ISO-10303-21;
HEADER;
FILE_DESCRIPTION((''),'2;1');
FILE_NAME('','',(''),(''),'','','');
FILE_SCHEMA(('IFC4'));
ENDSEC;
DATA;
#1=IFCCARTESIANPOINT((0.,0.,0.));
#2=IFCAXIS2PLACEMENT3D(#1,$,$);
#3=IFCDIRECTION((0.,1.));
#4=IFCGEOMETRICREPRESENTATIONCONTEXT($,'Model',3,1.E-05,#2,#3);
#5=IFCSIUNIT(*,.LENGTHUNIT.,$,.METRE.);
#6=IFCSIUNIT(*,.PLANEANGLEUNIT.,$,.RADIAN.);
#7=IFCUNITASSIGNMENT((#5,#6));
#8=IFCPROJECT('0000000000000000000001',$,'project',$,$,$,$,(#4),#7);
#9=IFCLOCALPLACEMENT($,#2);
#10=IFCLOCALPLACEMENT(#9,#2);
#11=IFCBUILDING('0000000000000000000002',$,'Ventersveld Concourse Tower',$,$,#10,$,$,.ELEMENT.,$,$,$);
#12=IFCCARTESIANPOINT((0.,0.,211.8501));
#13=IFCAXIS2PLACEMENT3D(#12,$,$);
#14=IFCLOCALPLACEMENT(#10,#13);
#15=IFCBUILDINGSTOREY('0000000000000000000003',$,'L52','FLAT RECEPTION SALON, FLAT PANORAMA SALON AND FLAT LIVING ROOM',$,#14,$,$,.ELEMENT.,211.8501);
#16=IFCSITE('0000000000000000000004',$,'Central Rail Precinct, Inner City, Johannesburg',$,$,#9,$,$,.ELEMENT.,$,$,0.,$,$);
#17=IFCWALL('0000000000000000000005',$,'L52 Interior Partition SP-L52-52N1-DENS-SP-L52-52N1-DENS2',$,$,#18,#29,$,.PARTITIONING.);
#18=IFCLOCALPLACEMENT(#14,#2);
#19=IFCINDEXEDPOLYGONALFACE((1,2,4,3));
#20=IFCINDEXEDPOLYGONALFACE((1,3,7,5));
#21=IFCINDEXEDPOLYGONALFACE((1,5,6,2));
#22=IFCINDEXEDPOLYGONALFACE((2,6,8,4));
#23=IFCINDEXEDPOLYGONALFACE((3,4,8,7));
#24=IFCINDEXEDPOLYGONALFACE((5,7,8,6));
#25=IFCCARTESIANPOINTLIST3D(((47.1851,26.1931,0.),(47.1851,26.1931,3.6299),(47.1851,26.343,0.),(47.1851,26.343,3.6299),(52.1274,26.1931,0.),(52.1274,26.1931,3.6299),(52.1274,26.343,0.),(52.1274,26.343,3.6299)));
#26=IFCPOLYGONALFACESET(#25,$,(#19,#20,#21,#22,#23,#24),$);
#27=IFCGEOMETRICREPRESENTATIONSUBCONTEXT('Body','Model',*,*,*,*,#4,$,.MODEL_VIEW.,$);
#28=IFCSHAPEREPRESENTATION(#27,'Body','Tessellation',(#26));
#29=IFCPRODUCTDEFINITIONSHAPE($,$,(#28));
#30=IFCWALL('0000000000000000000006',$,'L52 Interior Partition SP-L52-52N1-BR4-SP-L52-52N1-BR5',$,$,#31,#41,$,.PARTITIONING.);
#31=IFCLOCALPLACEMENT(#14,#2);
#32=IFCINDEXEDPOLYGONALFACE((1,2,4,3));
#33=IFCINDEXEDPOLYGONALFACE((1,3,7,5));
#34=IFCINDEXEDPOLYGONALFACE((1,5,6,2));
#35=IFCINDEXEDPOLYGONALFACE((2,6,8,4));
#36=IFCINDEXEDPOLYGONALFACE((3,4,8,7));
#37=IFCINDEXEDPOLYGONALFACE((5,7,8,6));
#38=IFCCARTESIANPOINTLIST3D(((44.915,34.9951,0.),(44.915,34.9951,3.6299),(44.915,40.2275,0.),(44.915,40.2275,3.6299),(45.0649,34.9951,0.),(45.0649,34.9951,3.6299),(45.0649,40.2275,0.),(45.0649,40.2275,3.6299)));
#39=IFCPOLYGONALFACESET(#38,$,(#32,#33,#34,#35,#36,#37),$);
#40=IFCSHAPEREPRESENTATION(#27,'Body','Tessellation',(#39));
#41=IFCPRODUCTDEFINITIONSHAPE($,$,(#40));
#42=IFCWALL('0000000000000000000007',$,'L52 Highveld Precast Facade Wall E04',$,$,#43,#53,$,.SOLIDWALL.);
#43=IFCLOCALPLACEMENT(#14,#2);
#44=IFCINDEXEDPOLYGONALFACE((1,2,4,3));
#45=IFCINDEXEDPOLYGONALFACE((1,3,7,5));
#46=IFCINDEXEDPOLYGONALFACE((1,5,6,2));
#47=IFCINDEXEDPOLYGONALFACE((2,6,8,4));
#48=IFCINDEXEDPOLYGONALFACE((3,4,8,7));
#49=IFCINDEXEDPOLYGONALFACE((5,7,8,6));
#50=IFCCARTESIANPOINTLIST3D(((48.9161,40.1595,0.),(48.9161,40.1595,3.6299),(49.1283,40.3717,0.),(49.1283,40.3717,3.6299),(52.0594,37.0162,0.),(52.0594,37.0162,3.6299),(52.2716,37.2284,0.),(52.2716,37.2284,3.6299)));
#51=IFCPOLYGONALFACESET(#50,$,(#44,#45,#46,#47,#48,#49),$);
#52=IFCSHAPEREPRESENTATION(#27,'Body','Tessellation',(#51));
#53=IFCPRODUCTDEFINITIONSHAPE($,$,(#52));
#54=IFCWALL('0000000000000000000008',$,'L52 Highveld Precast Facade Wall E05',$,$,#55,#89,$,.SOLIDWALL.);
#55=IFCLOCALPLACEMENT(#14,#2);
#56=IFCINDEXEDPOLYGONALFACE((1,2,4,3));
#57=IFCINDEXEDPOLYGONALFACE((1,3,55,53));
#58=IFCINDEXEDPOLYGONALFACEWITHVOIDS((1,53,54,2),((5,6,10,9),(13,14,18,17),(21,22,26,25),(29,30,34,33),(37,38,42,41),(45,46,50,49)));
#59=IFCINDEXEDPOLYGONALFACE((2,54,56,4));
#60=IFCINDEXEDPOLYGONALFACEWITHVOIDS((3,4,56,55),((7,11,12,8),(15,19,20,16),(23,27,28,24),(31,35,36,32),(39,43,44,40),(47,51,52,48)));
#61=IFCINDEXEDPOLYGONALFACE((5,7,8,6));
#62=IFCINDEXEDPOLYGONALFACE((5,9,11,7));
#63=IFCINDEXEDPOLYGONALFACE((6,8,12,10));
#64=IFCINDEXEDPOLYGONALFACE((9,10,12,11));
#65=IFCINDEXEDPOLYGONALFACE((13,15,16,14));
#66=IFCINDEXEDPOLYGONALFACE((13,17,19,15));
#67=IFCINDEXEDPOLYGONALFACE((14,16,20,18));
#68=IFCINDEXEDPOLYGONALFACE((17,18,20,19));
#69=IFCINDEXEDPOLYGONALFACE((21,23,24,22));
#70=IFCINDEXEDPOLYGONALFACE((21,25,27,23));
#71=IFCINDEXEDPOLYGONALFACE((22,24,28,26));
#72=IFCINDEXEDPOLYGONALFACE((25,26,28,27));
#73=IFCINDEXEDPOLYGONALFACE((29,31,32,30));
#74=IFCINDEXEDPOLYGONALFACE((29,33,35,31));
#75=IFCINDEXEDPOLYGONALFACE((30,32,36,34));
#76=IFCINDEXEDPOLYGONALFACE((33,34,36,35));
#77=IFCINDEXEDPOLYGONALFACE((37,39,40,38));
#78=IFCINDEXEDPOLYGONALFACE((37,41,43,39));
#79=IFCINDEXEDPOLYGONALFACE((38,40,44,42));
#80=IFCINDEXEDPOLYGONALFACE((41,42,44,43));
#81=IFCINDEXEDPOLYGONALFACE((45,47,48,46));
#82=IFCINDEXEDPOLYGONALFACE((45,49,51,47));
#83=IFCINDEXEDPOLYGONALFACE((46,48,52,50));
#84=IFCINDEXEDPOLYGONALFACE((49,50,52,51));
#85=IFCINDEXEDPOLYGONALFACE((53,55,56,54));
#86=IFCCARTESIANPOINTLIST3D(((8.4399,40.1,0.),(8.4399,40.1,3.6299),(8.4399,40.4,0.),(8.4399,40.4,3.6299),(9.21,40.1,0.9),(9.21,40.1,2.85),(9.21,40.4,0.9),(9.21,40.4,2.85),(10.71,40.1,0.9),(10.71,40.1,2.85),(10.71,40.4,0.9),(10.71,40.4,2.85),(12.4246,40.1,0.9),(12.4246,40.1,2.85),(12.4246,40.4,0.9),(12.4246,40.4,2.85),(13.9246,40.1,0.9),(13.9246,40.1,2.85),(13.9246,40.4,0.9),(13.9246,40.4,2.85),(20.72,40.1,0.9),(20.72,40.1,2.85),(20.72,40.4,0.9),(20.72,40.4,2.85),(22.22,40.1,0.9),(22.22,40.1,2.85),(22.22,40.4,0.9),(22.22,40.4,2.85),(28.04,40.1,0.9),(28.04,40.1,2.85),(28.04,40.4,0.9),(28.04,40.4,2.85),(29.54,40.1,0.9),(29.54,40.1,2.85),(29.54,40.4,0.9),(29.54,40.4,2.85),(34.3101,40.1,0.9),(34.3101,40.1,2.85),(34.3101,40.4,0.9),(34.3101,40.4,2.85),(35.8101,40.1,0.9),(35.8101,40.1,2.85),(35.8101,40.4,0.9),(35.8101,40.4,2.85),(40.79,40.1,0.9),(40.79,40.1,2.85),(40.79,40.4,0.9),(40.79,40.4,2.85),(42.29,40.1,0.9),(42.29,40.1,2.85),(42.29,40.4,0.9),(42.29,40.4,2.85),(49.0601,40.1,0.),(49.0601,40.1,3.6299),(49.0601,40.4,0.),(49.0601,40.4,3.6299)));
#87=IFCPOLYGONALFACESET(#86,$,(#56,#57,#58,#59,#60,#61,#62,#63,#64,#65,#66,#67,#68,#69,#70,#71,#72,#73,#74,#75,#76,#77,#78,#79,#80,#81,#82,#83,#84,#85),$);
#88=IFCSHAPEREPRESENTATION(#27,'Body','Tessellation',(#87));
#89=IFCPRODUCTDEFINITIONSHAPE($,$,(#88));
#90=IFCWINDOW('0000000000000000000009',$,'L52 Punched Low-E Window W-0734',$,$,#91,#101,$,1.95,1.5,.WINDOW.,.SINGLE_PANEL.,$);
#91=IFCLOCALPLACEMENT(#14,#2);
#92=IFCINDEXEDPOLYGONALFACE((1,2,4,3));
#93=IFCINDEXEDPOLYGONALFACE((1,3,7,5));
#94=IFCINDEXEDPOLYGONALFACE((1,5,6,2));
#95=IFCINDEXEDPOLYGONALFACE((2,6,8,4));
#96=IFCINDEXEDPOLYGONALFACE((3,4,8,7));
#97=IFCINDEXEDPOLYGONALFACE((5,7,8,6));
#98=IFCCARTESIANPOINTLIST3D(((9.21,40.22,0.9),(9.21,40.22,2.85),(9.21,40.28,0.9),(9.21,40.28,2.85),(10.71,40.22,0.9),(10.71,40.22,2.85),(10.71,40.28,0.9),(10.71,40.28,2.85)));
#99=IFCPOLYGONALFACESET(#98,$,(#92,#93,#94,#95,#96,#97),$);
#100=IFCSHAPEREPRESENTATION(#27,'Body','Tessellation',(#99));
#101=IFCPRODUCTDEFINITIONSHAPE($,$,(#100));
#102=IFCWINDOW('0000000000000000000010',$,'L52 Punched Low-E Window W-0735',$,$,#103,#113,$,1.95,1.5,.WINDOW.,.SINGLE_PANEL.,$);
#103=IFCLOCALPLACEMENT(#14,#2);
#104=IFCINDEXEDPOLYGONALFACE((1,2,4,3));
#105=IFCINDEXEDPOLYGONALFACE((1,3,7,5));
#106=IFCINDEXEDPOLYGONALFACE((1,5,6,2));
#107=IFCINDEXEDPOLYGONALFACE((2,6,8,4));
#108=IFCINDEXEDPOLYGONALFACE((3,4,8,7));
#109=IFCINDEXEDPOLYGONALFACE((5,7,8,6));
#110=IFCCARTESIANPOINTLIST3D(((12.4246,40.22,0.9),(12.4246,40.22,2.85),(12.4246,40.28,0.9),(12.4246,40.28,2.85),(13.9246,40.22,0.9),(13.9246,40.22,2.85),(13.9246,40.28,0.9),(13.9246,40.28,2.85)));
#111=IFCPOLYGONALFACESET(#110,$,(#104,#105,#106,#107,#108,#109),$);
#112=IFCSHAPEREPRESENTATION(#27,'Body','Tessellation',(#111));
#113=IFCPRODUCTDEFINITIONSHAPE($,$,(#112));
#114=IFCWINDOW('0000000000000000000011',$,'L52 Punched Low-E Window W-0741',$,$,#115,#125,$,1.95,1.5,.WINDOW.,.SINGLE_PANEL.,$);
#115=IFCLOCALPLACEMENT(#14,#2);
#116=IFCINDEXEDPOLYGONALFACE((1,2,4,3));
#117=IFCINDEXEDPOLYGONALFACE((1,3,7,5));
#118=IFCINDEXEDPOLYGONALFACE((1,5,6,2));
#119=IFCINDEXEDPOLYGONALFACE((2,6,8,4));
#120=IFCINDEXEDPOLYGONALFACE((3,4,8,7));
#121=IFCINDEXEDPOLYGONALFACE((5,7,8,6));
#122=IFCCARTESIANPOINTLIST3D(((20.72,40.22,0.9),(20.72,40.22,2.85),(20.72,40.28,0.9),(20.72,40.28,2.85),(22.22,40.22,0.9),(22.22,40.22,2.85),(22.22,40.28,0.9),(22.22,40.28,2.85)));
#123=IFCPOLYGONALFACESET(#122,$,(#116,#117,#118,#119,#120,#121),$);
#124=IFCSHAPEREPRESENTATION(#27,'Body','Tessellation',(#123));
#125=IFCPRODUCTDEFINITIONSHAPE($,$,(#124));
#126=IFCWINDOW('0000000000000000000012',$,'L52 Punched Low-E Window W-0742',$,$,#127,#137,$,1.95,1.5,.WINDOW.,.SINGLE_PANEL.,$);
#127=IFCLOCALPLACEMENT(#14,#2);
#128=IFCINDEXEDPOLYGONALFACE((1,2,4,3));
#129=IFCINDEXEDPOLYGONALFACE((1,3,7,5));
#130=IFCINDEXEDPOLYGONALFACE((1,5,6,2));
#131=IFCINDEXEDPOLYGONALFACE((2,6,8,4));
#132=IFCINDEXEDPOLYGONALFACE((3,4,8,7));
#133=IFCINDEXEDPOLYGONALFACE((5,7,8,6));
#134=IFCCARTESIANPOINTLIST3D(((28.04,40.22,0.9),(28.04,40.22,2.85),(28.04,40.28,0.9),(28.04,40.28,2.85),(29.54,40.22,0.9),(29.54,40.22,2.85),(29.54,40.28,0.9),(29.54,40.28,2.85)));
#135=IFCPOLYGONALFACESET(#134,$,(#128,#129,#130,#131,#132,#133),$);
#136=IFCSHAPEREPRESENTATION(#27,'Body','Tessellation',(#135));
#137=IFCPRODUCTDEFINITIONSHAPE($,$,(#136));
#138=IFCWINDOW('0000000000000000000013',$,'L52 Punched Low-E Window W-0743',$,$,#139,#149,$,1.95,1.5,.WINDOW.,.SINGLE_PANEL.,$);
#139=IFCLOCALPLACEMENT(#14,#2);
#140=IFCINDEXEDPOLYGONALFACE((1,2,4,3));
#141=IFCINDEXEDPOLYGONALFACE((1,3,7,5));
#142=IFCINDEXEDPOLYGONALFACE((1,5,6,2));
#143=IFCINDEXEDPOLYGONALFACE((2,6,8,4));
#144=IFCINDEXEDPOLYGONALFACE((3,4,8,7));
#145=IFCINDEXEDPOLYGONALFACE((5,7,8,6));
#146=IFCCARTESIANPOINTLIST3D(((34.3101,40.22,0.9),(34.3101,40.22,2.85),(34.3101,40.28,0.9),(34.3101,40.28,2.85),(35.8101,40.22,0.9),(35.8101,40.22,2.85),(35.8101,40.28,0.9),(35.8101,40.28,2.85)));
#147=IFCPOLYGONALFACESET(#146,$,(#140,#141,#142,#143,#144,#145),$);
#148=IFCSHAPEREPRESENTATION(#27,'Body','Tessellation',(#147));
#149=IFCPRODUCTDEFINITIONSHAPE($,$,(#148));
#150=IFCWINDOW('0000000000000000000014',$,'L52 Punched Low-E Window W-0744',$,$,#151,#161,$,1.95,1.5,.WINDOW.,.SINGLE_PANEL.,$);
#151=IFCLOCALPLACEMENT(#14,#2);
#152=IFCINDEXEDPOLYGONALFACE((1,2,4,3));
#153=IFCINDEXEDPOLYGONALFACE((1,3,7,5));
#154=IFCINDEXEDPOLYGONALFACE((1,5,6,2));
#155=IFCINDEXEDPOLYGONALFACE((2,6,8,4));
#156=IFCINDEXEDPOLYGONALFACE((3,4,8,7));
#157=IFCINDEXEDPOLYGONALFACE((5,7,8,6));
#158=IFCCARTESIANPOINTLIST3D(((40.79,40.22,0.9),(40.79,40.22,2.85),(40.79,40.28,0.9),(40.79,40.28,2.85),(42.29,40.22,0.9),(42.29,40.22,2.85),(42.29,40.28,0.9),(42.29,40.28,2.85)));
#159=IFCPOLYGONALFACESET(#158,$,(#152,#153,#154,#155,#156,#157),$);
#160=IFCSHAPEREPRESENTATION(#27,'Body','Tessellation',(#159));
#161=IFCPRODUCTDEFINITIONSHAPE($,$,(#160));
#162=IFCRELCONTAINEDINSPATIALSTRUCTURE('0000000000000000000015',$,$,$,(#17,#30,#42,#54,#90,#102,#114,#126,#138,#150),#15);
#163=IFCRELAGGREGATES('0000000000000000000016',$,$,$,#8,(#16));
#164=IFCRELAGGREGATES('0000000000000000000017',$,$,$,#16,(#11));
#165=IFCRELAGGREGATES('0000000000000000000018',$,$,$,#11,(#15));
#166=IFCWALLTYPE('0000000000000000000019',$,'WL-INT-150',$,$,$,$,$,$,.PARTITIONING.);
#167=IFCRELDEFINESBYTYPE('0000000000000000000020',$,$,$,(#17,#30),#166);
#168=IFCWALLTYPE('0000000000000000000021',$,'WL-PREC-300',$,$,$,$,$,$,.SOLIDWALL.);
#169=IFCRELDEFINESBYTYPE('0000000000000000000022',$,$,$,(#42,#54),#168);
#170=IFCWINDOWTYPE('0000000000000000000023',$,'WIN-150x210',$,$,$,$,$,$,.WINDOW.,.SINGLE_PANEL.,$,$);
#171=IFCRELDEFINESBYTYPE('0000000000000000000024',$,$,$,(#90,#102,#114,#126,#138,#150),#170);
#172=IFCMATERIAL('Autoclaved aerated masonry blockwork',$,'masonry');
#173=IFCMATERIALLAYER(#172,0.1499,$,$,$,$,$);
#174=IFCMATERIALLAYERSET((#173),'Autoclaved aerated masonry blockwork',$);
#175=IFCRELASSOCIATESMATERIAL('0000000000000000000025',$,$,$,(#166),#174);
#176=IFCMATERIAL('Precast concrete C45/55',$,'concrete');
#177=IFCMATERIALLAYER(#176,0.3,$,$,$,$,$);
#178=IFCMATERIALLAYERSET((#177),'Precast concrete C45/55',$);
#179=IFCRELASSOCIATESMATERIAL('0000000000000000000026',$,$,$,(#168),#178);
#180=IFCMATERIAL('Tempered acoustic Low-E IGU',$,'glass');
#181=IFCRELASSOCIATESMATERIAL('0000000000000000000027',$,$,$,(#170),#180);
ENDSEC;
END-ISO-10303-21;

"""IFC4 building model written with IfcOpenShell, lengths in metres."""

from ifc_helpers import new_model, si_unit, direction, frame, frame_2d, origin, place, context, subcontext, project, spatial, rectangle, extrude, material, layer, layer_set, type_object, element, fill, save


model = new_model("IFC4")

# Units and contexts
model_context = context("Model", 3, precision=1e-05, world=origin(), true_north=direction((0.0, 1.0)))
body_context = subcontext(model_context, "Body", "Model", "MODEL_VIEW")
ifc_project = project(units=[si_unit("LENGTHUNIT", "METRE"), si_unit("PLANEANGLEUNIT", "RADIAN")], contexts=[model_context])

# Site, building, storey
site_placement = place(None, origin())
site = spatial("IfcSite", under=ifc_project, at=site_placement, Name="Central Rail Precinct, Inner City, Johannesburg", CompositionType="ELEMENT", RefElevation=0.0)
building_placement = place(site_placement, origin())
building = spatial("IfcBuilding", under=site, at=building_placement, Name="Ventersveld Concourse Tower", CompositionType="ELEMENT")
storey_placement = place(building_placement, frame((0.0, 0.0, 211.8501)))
storey = spatial("IfcBuildingStorey", under=building, at=storey_placement, Name="L52", Description="FLAT RECEPTION SALON, FLAT PANORAMA SALON AND FLAT LIVING ROOM", CompositionType="ELEMENT", Elevation=211.8501)

# Shared definitions
ifc_material_1 = material(Name="Autoclaved aerated masonry blockwork", Category="masonry")
ifc_layer_1 = layer(ifc_material_1, 0.1499)
ifc_layer_set_1 = layer_set([ifc_layer_1], Name="Autoclaved aerated masonry blockwork")
wall_type_1 = type_object("IfcWallType", Name="WL-INT-150", PredefinedType="PARTITIONING", material=ifc_layer_set_1)

# Walls
wall_1_placement = place(storey_placement, frame((47.1851, 26.2681, 0.0), z_axis=(0.0, 0.0, 1.0), x_axis=(1.0, 0.0, 0.0)))
element("IfcWall", 1, at=wall_1_placement, inside=storey, type_object=wall_type_1, Name="L52 Interior Partition SP-L52-52N1-DENS-SP-L52-52N1-DENS2", PredefinedType="PARTITIONING", context=body_context, shape_type="SweptSolid", body=[
    extrude(rectangle(XDim=4.9424, YDim=0.1499, at=frame_2d((2.4712, 0.0))), origin(), (0.0, 0.0, 1.0), 3.6299),
])
wall_2_placement = place(storey_placement, frame((44.99, 34.9951, 0.0), z_axis=(0.0, 0.0, 1.0), x_axis=(0.0, 1.0, 0.0)))
element("IfcWall", 2, at=wall_2_placement, inside=storey, type_object=wall_type_1, Name="L52 Interior Partition SP-L52-52N1-BR4-SP-L52-52N1-BR5", PredefinedType="PARTITIONING", context=body_context, shape_type="SweptSolid", body=[
    extrude(rectangle(XDim=5.2324, YDim=0.1499, at=frame_2d((2.6162, 0.0))), origin(), (0.0, 0.0, 1.0), 3.6299),
])
ifc_material_2 = material(Name="Precast concrete C45/55", Category="concrete")
ifc_layer_2 = layer(ifc_material_2, 0.3)
ifc_layer_set_2 = layer_set([ifc_layer_2], Name="Precast concrete C45/55")
wall_type_2 = type_object("IfcWallType", Name="WL-PREC-300", PredefinedType="SOLIDWALL", material=ifc_layer_set_2)
wall_3_placement = place(storey_placement, frame((52.1655, 37.1223, 0.0), z_axis=(0.0, 0.0, 1.0), x_axis=(-0.707107, 0.707107, 0.0)))
element("IfcWall", 3, at=wall_3_placement, inside=storey, type_object=wall_type_2, Name="L52 Highveld Precast Facade Wall E04", PredefinedType="SOLIDWALL", context=body_context, shape_type="SweptSolid", body=[
    extrude(rectangle(XDim=4.4453, YDim=0.3, at=frame_2d((2.2227, 0.0))), origin(), (0.0, 0.0, 1.0), 3.6299),
])

# Wall, openings, windows
wall_4_placement = place(storey_placement, frame((49.0601, 40.25, 0.0), z_axis=(0.0, 0.0, 1.0), x_axis=(-1.0, 0.0, 0.0)))
wall_4 = element("IfcWall", 4, at=wall_4_placement, inside=storey, type_object=wall_type_2, Name="L52 Highveld Precast Facade Wall E05", PredefinedType="SOLIDWALL", context=body_context, shape_type="SweptSolid", body=[
    extrude(rectangle(XDim=40.6201, YDim=0.3, at=frame_2d((20.3101, 0.0))), origin(), (0.0, 0.0, 1.0), 3.6299),
])
opening_1_placement = place(wall_4_placement, frame((38.3501, 0.0, 0.8999)))
opening_1 = element("IfcOpeningElement", 5, at=opening_1_placement, cuts=wall_4, PredefinedType="OPENING", context=body_context, shape_type="SweptSolid", body=[
    extrude(rectangle(XDim=1.5, YDim=1.95, at=frame_2d((0.75, 0.9751))), frame((0.0, 0.1602, 0.0), z_axis=(0.0, -1.0, 0.0), x_axis=(1.0, 0.0, 0.0)), (0.0, 0.0, 1.0), 0.3201),
])
opening_2_placement = place(wall_4_placement, frame((35.1355, 0.0, 0.8999)))
opening_2 = element("IfcOpeningElement", 6, at=opening_2_placement, cuts=wall_4, PredefinedType="OPENING", context=body_context, shape_type="SweptSolid", body=[
    extrude(rectangle(XDim=1.5, YDim=1.95, at=frame_2d((0.75, 0.9751))), frame((0.0, 0.1602, 0.0), z_axis=(0.0, -1.0, 0.0), x_axis=(1.0, 0.0, 0.0)), (0.0, 0.0, 1.0), 0.3201),
])
opening_3_placement = place(wall_4_placement, frame((26.8401, 0.0, 0.8999)))
opening_3 = element("IfcOpeningElement", 7, at=opening_3_placement, cuts=wall_4, PredefinedType="OPENING", context=body_context, shape_type="SweptSolid", body=[
    extrude(rectangle(XDim=1.5, YDim=1.95, at=frame_2d((0.75, 0.9751))), frame((0.0, 0.1602, 0.0), z_axis=(0.0, -1.0, 0.0), x_axis=(1.0, 0.0, 0.0)), (0.0, 0.0, 1.0), 0.3201),
])
opening_4_placement = place(wall_4_placement, frame((19.52, 0.0, 0.8999)))
opening_4 = element("IfcOpeningElement", 8, at=opening_4_placement, cuts=wall_4, PredefinedType="OPENING", context=body_context, shape_type="SweptSolid", body=[
    extrude(rectangle(XDim=1.5, YDim=1.95, at=frame_2d((0.75, 0.9751))), frame((0.0, 0.1602, 0.0), z_axis=(0.0, -1.0, 0.0), x_axis=(1.0, 0.0, 0.0)), (0.0, 0.0, 1.0), 0.3201),
])
opening_5_placement = place(wall_4_placement, frame((13.25, 0.0, 0.8999)))
opening_5 = element("IfcOpeningElement", 9, at=opening_5_placement, cuts=wall_4, PredefinedType="OPENING", context=body_context, shape_type="SweptSolid", body=[
    extrude(rectangle(XDim=1.5, YDim=1.95, at=frame_2d((0.75, 0.9751))), frame((0.0, 0.1602, 0.0), z_axis=(0.0, -1.0, 0.0), x_axis=(1.0, 0.0, 0.0)), (0.0, 0.0, 1.0), 0.3201),
])
opening_6_placement = place(wall_4_placement, frame((6.77, 0.0, 0.8999)))
opening_6 = element("IfcOpeningElement", 10, at=opening_6_placement, cuts=wall_4, PredefinedType="OPENING", context=body_context, shape_type="SweptSolid", body=[
    extrude(rectangle(XDim=1.5, YDim=1.95, at=frame_2d((0.75, 0.9751))), frame((0.0, 0.1602, 0.0), z_axis=(0.0, -1.0, 0.0), x_axis=(1.0, 0.0, 0.0)), (0.0, 0.0, 1.0), 0.3201),
])
ifc_material_3 = material(Name="Tempered acoustic Low-E IGU", Category="glass")
window_type = type_object("IfcWindowType", Name="WIN-150x210", PartitioningType="SINGLE_PANEL", PredefinedType="WINDOW", material=ifc_material_3)
window_1_placement = place(opening_1_placement, origin())
window_1 = element("IfcWindow", 11, at=window_1_placement, inside=storey, type_object=window_type, Name="L52 Punched Low-E Window W-0734", OverallHeight=1.95, OverallWidth=1.5, PartitioningType="SINGLE_PANEL", PredefinedType="WINDOW", context=body_context, shape_type="SweptSolid", body=[
    extrude(rectangle(XDim=1.5, YDim=1.95, at=frame_2d((0.75, 0.9751))), frame((0.0, 0.03, 0.0), z_axis=(0.0, -1.0, 0.0), x_axis=(1.0, 0.0, 0.0)), (0.0, 0.0, 1.0), 0.0601),
])
fill(opening_1, window_1)
window_2_placement = place(opening_2_placement, origin())
window_2 = element("IfcWindow", 12, at=window_2_placement, inside=storey, type_object=window_type, Name="L52 Punched Low-E Window W-0735", OverallHeight=1.95, OverallWidth=1.5, PartitioningType="SINGLE_PANEL", PredefinedType="WINDOW", context=body_context, shape_type="SweptSolid", body=[
    extrude(rectangle(XDim=1.5, YDim=1.95, at=frame_2d((0.75, 0.9751))), frame((0.0, 0.03, 0.0), z_axis=(0.0, -1.0, 0.0), x_axis=(1.0, 0.0, 0.0)), (0.0, 0.0, 1.0), 0.0601),
])
fill(opening_2, window_2)
window_3_placement = place(opening_3_placement, origin())
window_3 = element("IfcWindow", 13, at=window_3_placement, inside=storey, type_object=window_type, Name="L52 Punched Low-E Window W-0741", OverallHeight=1.95, OverallWidth=1.5, PartitioningType="SINGLE_PANEL", PredefinedType="WINDOW", context=body_context, shape_type="SweptSolid", body=[
    extrude(rectangle(XDim=1.5, YDim=1.95, at=frame_2d((0.75, 0.9751))), frame((0.0, 0.03, 0.0), z_axis=(0.0, -1.0, 0.0), x_axis=(1.0, 0.0, 0.0)), (0.0, 0.0, 1.0), 0.0601),
])
fill(opening_3, window_3)
window_4_placement = place(opening_4_placement, origin())
window_4 = element("IfcWindow", 14, at=window_4_placement, inside=storey, type_object=window_type, Name="L52 Punched Low-E Window W-0742", OverallHeight=1.95, OverallWidth=1.5, PartitioningType="SINGLE_PANEL", PredefinedType="WINDOW", context=body_context, shape_type="SweptSolid", body=[
    extrude(rectangle(XDim=1.5, YDim=1.95, at=frame_2d((0.75, 0.9751))), frame((0.0, 0.03, 0.0), z_axis=(0.0, -1.0, 0.0), x_axis=(1.0, 0.0, 0.0)), (0.0, 0.0, 1.0), 0.0601),
])
fill(opening_4, window_4)
window_5_placement = place(opening_5_placement, origin())
window_5 = element("IfcWindow", 15, at=window_5_placement, inside=storey, type_object=window_type, Name="L52 Punched Low-E Window W-0743", OverallHeight=1.95, OverallWidth=1.5, PartitioningType="SINGLE_PANEL", PredefinedType="WINDOW", context=body_context, shape_type="SweptSolid", body=[
    extrude(rectangle(XDim=1.5, YDim=1.95, at=frame_2d((0.75, 0.9751))), frame((0.0, 0.03, 0.0), z_axis=(0.0, -1.0, 0.0), x_axis=(1.0, 0.0, 0.0)), (0.0, 0.0, 1.0), 0.0601),
])
fill(opening_5, window_5)
window_6_placement = place(opening_6_placement, origin())
window_6 = element("IfcWindow", 16, at=window_6_placement, inside=storey, type_object=window_type, Name="L52 Punched Low-E Window W-0744", OverallHeight=1.95, OverallWidth=1.5, PartitioningType="SINGLE_PANEL", PredefinedType="WINDOW", context=body_context, shape_type="SweptSolid", body=[
    extrude(rectangle(XDim=1.5, YDim=1.95, at=frame_2d((0.75, 0.9751))), frame((0.0, 0.03, 0.0), z_axis=(0.0, -1.0, 0.0), x_axis=(1.0, 0.0, 0.0)), (0.0, 0.0, 1.0), 0.0601),
])
fill(opening_6, window_6)

save(model, "model.ifc")
